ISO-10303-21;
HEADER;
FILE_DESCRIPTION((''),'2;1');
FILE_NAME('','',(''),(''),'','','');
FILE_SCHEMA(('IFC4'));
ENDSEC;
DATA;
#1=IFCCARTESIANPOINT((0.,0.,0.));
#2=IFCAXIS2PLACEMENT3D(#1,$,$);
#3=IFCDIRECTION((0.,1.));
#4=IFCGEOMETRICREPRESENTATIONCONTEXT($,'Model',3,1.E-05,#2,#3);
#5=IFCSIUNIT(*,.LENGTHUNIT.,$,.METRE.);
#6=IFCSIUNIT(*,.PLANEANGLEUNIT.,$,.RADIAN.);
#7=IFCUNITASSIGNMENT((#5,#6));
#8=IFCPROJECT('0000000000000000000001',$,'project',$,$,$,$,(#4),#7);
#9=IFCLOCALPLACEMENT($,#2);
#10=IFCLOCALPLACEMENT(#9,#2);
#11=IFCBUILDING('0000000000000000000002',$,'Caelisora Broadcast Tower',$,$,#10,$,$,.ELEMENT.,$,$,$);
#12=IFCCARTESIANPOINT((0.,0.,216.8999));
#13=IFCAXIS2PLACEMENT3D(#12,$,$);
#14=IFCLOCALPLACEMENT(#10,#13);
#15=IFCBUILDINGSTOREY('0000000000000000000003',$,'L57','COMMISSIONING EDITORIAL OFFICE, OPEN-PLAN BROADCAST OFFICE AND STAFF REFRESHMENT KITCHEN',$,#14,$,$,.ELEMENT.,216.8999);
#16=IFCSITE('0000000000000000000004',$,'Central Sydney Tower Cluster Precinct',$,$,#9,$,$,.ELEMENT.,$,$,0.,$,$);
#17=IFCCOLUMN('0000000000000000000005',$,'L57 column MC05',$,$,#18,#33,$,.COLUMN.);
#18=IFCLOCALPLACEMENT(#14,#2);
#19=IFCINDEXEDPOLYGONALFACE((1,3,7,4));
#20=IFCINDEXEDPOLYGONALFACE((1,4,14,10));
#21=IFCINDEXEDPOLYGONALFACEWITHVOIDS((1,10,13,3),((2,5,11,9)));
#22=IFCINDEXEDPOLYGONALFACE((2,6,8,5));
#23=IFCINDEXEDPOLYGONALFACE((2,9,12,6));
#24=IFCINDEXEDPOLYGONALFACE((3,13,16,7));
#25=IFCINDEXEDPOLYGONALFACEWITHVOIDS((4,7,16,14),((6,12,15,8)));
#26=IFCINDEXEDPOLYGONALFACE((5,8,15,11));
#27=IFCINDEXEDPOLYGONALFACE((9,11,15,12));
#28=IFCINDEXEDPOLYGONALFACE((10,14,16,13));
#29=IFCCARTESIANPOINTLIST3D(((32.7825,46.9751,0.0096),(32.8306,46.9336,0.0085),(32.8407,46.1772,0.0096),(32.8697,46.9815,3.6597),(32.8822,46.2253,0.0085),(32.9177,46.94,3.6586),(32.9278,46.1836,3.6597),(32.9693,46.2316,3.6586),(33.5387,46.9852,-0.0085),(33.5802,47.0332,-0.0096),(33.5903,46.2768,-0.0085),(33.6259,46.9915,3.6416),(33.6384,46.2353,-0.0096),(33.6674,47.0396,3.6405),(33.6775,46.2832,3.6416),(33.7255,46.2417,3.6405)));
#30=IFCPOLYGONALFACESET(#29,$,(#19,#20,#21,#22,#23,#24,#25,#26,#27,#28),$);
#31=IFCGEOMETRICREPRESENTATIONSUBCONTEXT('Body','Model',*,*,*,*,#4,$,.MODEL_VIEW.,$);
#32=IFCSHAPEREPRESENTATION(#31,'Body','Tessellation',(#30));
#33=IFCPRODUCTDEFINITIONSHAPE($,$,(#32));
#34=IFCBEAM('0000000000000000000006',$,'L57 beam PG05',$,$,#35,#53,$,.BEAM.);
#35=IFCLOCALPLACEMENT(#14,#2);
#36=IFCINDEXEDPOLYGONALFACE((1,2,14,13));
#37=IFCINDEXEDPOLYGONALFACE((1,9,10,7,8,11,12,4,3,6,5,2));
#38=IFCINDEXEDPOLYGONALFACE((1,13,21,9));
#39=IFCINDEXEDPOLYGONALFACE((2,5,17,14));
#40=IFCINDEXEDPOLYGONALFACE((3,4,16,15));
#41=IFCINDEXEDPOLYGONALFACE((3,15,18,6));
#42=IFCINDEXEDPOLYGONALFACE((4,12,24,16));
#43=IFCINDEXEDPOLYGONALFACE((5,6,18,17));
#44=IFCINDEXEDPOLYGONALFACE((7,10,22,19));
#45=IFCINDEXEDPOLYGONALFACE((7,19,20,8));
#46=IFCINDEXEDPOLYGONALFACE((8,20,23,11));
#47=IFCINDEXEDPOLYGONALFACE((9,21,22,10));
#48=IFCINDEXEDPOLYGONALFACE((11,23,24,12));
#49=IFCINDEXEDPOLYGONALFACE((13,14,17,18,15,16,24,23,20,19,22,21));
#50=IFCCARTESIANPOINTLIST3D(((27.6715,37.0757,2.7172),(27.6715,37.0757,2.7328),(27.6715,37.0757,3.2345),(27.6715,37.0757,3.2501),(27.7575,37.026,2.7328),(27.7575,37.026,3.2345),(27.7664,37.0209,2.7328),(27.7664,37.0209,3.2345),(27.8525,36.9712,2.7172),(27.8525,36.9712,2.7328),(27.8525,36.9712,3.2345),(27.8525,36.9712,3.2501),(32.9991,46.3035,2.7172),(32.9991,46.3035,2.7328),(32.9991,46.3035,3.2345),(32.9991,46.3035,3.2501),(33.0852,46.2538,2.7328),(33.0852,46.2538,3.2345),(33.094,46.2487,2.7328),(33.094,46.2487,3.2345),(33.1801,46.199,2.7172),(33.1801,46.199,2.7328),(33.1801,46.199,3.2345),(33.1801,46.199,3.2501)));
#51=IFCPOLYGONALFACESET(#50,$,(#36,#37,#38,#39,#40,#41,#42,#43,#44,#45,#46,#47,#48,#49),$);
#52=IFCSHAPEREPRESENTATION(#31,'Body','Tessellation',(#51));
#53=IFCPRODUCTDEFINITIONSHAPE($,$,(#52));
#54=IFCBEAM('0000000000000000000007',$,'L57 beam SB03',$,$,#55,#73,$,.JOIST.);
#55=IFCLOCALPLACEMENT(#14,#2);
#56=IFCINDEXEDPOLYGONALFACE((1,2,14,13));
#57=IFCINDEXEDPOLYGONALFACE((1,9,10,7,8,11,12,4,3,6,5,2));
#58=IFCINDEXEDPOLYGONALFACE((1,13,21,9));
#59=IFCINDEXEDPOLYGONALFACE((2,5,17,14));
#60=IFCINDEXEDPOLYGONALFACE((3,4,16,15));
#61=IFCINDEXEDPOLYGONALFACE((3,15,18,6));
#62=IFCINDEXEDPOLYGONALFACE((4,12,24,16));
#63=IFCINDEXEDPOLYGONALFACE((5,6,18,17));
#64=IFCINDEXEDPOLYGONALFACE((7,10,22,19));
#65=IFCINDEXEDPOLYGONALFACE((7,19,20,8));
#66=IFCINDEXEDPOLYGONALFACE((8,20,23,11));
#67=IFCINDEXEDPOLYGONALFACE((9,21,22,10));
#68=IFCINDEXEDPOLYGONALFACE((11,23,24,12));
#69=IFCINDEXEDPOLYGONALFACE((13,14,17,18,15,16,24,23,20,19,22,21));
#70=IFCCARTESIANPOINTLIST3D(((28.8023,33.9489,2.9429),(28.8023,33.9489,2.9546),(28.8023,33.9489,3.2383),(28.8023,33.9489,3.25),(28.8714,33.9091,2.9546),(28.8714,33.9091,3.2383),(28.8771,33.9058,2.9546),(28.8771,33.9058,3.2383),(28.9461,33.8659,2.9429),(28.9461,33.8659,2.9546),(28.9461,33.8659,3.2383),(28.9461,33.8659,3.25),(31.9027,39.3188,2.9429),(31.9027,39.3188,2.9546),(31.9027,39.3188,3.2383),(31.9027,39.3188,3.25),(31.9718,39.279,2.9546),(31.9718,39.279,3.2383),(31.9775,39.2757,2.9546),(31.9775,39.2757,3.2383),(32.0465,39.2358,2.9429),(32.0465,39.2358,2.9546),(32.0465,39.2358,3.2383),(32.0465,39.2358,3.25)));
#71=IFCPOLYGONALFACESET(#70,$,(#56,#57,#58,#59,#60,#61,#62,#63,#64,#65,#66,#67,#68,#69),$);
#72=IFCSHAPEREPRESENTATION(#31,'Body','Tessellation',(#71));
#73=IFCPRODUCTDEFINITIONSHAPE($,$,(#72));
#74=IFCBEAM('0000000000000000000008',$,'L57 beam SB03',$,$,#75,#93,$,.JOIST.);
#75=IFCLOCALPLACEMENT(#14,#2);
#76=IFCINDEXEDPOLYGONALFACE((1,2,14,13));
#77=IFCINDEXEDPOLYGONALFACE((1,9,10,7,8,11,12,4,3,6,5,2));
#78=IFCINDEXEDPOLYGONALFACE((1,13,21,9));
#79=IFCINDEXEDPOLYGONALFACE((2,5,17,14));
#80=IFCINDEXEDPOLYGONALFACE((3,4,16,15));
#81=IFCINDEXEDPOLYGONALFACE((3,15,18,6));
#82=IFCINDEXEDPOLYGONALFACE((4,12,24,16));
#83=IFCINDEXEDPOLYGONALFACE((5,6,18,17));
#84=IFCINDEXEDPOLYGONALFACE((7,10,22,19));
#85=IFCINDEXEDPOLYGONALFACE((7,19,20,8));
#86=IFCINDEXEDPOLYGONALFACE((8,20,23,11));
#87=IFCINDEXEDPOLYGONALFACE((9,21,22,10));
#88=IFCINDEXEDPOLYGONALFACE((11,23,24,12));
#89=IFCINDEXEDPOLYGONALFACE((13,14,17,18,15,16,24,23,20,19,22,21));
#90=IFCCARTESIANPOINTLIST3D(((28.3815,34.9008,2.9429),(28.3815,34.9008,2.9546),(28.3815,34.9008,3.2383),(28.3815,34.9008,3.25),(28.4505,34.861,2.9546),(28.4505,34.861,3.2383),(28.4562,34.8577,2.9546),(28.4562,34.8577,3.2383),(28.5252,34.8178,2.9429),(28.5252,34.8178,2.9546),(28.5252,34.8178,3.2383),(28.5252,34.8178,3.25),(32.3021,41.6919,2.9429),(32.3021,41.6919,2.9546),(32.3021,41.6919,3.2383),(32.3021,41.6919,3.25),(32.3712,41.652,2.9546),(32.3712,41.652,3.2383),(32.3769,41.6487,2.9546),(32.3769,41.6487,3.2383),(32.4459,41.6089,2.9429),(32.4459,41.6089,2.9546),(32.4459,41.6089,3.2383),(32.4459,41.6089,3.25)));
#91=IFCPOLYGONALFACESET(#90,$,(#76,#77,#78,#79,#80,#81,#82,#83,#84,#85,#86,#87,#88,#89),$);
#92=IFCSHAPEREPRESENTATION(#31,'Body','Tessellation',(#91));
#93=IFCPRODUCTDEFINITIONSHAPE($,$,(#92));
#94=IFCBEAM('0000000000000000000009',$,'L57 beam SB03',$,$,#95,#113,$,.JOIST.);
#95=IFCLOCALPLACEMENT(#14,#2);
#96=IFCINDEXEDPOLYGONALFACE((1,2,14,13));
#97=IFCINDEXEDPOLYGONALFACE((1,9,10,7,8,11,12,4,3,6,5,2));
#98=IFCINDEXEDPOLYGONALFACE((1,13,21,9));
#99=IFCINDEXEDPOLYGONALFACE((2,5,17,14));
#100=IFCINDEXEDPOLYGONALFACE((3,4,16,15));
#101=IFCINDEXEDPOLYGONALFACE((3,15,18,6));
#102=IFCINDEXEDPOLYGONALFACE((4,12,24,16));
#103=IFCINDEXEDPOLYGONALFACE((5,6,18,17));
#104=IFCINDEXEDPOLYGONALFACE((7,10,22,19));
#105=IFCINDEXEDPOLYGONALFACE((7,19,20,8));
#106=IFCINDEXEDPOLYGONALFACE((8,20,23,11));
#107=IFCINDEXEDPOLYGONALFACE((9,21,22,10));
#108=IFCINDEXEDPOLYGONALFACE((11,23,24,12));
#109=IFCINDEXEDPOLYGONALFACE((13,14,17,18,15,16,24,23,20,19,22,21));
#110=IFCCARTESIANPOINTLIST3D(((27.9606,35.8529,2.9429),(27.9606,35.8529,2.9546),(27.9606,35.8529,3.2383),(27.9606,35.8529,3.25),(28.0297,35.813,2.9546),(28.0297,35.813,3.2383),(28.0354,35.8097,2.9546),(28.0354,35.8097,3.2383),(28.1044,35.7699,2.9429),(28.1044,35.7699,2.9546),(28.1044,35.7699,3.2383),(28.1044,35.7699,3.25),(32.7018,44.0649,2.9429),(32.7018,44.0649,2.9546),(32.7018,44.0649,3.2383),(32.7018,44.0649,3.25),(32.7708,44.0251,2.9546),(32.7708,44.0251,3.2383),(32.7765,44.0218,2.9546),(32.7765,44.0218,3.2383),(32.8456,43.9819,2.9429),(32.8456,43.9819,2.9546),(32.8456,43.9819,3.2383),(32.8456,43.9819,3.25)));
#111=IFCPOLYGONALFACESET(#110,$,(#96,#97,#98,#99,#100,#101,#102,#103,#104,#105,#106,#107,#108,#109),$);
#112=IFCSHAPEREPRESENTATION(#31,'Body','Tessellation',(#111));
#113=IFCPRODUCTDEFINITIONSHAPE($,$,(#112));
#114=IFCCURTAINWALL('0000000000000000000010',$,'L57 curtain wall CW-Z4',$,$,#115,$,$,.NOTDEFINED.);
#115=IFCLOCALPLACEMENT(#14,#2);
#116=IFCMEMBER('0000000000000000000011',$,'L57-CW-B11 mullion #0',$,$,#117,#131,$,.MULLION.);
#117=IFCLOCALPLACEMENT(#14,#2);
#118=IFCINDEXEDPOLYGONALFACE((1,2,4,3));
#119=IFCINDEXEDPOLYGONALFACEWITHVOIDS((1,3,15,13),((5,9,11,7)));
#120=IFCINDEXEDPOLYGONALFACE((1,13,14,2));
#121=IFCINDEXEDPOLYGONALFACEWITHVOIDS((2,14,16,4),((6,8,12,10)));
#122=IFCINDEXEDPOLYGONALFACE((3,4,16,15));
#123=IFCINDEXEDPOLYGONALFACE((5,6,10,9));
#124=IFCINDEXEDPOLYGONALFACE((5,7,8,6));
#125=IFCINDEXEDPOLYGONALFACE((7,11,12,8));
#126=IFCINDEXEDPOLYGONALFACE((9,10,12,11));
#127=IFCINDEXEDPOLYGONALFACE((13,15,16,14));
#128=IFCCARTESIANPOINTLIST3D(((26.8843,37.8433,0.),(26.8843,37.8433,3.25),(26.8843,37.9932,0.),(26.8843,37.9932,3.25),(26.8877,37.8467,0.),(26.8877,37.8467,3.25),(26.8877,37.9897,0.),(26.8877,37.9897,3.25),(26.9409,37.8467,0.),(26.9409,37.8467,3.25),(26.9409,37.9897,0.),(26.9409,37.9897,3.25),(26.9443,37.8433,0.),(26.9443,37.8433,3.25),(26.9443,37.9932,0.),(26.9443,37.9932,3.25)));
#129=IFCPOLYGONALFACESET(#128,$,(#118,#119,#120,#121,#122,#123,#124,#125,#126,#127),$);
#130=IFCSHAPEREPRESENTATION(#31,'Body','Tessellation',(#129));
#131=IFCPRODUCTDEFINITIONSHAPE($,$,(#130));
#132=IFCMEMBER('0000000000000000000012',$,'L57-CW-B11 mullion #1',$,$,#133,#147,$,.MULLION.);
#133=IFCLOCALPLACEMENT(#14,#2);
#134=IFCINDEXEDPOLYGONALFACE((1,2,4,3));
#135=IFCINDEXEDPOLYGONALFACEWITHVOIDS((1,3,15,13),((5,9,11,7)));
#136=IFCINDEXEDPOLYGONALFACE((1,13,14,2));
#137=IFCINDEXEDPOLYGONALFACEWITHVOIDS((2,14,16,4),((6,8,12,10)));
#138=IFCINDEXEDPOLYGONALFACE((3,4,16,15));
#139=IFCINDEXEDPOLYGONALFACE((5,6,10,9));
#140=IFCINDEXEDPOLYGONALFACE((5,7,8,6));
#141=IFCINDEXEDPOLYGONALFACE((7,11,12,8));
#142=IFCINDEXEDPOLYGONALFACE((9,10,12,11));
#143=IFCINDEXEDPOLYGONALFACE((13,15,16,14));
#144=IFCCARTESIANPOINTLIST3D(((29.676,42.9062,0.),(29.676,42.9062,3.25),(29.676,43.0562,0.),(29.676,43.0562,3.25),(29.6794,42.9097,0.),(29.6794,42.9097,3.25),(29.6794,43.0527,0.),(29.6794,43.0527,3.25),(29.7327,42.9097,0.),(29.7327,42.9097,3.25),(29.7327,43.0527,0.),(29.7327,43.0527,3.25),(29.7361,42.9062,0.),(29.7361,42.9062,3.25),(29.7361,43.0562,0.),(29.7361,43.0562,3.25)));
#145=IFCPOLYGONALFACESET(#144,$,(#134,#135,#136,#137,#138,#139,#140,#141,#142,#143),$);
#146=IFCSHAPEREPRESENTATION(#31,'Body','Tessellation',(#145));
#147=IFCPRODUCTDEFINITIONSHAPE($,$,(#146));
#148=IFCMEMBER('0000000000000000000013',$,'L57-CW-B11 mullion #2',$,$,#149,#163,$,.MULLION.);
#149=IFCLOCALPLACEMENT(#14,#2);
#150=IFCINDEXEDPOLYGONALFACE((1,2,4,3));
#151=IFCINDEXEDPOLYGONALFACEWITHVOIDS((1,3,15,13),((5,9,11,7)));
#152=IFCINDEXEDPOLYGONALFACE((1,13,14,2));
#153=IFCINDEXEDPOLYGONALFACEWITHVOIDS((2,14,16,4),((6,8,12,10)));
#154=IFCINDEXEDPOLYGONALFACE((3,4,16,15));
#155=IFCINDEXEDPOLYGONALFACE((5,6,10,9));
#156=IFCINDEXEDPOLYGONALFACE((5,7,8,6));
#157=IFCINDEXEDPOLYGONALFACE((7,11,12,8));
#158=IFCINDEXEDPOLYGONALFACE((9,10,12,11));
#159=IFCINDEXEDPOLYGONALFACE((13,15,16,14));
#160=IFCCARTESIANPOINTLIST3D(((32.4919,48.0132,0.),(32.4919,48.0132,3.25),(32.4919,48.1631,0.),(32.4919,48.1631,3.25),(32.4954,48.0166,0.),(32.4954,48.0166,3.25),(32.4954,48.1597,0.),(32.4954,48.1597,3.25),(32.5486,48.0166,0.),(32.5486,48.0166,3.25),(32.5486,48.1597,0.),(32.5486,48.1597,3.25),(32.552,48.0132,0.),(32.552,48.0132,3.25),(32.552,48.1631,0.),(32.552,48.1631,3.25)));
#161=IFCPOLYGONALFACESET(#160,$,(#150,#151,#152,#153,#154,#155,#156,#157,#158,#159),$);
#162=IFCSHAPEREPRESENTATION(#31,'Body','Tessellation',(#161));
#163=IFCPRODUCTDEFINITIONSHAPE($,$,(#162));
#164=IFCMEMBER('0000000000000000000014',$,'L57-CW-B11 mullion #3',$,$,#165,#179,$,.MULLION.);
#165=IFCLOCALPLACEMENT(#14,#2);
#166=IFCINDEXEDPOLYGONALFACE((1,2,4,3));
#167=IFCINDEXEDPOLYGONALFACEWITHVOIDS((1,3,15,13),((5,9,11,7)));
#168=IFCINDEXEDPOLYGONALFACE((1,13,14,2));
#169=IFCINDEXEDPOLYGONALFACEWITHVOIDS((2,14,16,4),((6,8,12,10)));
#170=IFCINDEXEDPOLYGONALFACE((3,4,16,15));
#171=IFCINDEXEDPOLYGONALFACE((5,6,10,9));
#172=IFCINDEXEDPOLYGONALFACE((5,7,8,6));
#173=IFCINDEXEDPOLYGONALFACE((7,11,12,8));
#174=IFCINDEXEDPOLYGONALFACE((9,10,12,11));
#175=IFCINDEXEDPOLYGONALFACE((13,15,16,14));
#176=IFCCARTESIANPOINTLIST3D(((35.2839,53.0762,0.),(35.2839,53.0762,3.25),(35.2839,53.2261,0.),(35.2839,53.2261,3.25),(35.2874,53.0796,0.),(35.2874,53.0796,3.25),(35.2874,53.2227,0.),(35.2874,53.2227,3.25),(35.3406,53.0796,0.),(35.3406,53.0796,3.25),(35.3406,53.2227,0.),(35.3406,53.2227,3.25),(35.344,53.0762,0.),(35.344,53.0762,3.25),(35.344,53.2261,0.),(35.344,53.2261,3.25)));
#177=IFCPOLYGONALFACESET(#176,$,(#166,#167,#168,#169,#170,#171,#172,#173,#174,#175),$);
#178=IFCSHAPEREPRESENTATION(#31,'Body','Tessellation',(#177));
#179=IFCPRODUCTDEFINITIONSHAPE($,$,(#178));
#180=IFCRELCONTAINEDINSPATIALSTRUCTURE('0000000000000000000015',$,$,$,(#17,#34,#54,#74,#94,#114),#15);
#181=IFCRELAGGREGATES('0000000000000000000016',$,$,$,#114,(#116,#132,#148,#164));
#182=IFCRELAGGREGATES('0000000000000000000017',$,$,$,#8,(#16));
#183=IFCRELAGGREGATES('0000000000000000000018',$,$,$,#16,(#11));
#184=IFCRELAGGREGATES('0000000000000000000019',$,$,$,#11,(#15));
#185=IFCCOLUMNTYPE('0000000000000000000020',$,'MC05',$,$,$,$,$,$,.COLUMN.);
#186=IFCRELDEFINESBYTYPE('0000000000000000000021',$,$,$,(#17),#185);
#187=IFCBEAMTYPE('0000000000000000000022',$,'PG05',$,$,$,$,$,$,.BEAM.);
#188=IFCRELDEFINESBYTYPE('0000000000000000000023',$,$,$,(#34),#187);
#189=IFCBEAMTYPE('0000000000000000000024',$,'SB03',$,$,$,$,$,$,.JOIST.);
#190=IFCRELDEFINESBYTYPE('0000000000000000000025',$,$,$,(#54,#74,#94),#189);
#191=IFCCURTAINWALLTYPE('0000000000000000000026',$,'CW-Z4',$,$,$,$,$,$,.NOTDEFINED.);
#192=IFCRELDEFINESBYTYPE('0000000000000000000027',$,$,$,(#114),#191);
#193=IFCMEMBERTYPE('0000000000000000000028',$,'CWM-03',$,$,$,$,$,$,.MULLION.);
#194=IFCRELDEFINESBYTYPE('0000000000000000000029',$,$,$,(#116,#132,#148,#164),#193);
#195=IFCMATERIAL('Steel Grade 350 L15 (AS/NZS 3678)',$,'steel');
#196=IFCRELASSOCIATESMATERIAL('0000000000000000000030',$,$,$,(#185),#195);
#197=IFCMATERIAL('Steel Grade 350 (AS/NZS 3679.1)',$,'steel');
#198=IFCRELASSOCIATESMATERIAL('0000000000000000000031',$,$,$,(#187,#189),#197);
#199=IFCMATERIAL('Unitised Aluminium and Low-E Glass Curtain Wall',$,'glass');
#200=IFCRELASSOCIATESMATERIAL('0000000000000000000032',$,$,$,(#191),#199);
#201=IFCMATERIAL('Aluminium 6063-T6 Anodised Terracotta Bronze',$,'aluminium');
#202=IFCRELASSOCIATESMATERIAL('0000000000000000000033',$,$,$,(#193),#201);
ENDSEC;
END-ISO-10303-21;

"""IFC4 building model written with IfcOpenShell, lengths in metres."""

from ifc_helpers import new_model, si_unit, direction, frame, origin, origin_2d, place, context, subcontext, project, spatial, hollow_rectangle, i_section, extrude, source, transform, mapped, material, material_profile, profile_set, type_object, type_shapes, element, aggregate, save


model = new_model("IFC4")

# Units and contexts
model_context = context("Model", 3, precision=1e-05, world=origin(), true_north=direction((0.0, 1.0)))
body_context = subcontext(model_context, "Body", "Model", "MODEL_VIEW")
ifc_project = project(units=[si_unit("LENGTHUNIT", "METRE"), si_unit("PLANEANGLEUNIT", "RADIAN")], contexts=[model_context])

# Site, building, storey
site_placement = place(None, origin())
site = spatial("IfcSite", under=ifc_project, at=site_placement, Name="Central Sydney Tower Cluster Precinct", CompositionType="ELEMENT", RefElevation=0.0)
building_placement = place(site_placement, origin())
building = spatial("IfcBuilding", under=site, at=building_placement, Name="Caelisora Broadcast Tower", CompositionType="ELEMENT")
storey_placement = place(building_placement, frame((0.0, 0.0, 216.8999)))
storey = spatial("IfcBuildingStorey", under=building, at=storey_placement, Name="L57", Description="COMMISSIONING EDITORIAL OFFICE, OPEN-PLAN BROADCAST OFFICE AND STAFF REFRESHMENT KITCHEN", CompositionType="ELEMENT", Elevation=216.8999)

# Column
ifc_material_1 = material(Name="Steel Grade 350 L15 (AS/NZS 3678)", Category="steel")
ifc_material_profile_1 = material_profile(ifc_material_1, hollow_rectangle(XDim=0.8, YDim=0.8, WallThickness=0.0449, at=origin_2d()), Name="Steel Grade 350 L15 (AS/NZS 3678)")
ifc_profile_set_1 = profile_set([ifc_material_profile_1], Name="Steel Grade 350 L15 (AS/NZS 3678)")
column_type = type_object("IfcColumnType", Name="MC05", PredefinedType="COLUMN", material=ifc_profile_set_1)
shared_shape_1 = source(origin(), body_context, "Body", "SweptSolid", [
    extrude(hollow_rectangle(XDim=0.8, YDim=0.8, WallThickness=0.0449, at=origin_2d()), origin(), (0.0, 0.0, 1.0), 3.6511),
])
type_shapes(column_type, [shared_shape_1])
column_placement = place(storey_placement, frame((33.2104, 46.6052, 0.0), z_axis=(0.023871, 0.001739, 0.999714), x_axis=(-0.072637, 0.997358, 0.0)))
element("IfcColumn", 1, at=column_placement, inside=storey, type_object=column_type, Name="L57 column MC05", PredefinedType="COLUMN", context=body_context, shape_type="MappedRepresentation", body=[
    mapped(shared_shape_1, transform((0.0, 0.0, 0.0), scale=1.0)),
])

# Beams
ifc_material_2 = material(Name="Steel Grade 350 (AS/NZS 3679.1)", Category="steel")
ifc_material_profile_2 = material_profile(ifc_material_2, i_section(OverallWidth=0.209, OverallDepth=0.533, WebThickness=0.0103, FlangeThickness=0.0156, at=origin_2d()), Name="Steel Grade 350 (AS/NZS 3679.1)")
ifc_profile_set_2 = profile_set([ifc_material_profile_2], Name="Steel Grade 350 (AS/NZS 3679.1)")
beam_type_1 = type_object("IfcBeamType", Name="PG05", PredefinedType="BEAM", material=ifc_profile_set_2)
shared_shape_2 = source(origin(), body_context, "Body", "SweptSolid", [
    extrude(i_section(OverallWidth=0.209, OverallDepth=0.533, WebThickness=0.0103, FlangeThickness=0.0156, at=origin_2d()), origin(), (0.0, 0.0, 1.0), 10.6553),
])
type_shapes(beam_type_1, [shared_shape_2])
beam_1_placement = place(storey_placement, frame((33.0896, 46.2512, 2.9836), z_axis=(-0.499998, -0.866026, 0.0), x_axis=(0.866026, -0.499998, 0.0)))
element("IfcBeam", 2, at=beam_1_placement, inside=storey, type_object=beam_type_1, Name="L57 beam PG05", PredefinedType="BEAM", context=body_context, shape_type="MappedRepresentation", body=[
    mapped(shared_shape_2, transform((0.0, 0.0, 0.0), scale=1.0)),
])
ifc_material_profile_3 = material_profile(ifc_material_2, i_section(OverallWidth=0.166, OverallDepth=0.3071, WebThickness=0.0066, FlangeThickness=0.0117, at=origin_2d()), Name="Steel Grade 350 (AS/NZS 3679.1)")
ifc_profile_set_3 = profile_set([ifc_material_profile_3], Name="Steel Grade 350 (AS/NZS 3679.1)")
beam_type_2 = type_object("IfcBeamType", Name="SB03", PredefinedType="JOIST", material=ifc_profile_set_3)
shared_shape_3 = source(origin(), body_context, "Body", "SweptSolid", [
    extrude(i_section(OverallWidth=0.166, OverallDepth=0.3071, WebThickness=0.0066, FlangeThickness=0.0117, at=origin_2d()), origin(), (0.0, 0.0, 1.0), 6.2007),
])
beam_2_placement = place(storey_placement, frame((31.9746, 39.2773, 3.0964), z_axis=(-0.500005, -0.866022, 0.0), x_axis=(0.866022, -0.500005, 0.0)))
element("IfcBeam", 3, at=beam_2_placement, inside=storey, type_object=beam_type_2, Name="L57 beam SB03", PredefinedType="JOIST", context=body_context, shape_type="MappedRepresentation", body=[
    mapped(shared_shape_3, transform((0.0, 0.0, 0.0), scale=1.0)),
])
shared_shape_4 = source(origin(), body_context, "Body", "SweptSolid", [
    extrude(i_section(OverallWidth=0.166, OverallDepth=0.3071, WebThickness=0.0066, FlangeThickness=0.0117, at=origin_2d()), origin(), (0.0, 0.0, 1.0), 7.8416),
])
beam_3_placement = place(storey_placement, frame((32.374, 41.6504, 3.0964), z_axis=(-0.499987, -0.866033, 0.0), x_axis=(0.866033, -0.499987, 0.0)))
element("IfcBeam", 4, at=beam_3_placement, inside=storey, type_object=beam_type_2, Name="L57 beam SB03", PredefinedType="JOIST", context=body_context, shape_type="MappedRepresentation", body=[
    mapped(shared_shape_4, transform((0.0, 0.0, 0.0), scale=1.0)),
])
shared_shape_5 = source(origin(), body_context, "Body", "SweptSolid", [
    extrude(i_section(OverallWidth=0.166, OverallDepth=0.3071, WebThickness=0.0066, FlangeThickness=0.0117, at=origin_2d()), origin(), (0.0, 0.0, 1.0), 9.4824),
])
type_shapes(beam_type_2, [shared_shape_3, shared_shape_4, shared_shape_5])
beam_4_placement = place(storey_placement, frame((32.7737, 44.0234, 3.0964), z_axis=(-0.499994, -0.866029, 0.0), x_axis=(0.866029, -0.499994, 0.0)))
element("IfcBeam", 5, at=beam_4_placement, inside=storey, type_object=beam_type_2, Name="L57 beam SB03", PredefinedType="JOIST", context=body_context, shape_type="MappedRepresentation", body=[
    mapped(shared_shape_5, transform((0.0, 0.0, 0.0), scale=1.0)),
])

# Curtain wall, members
ifc_material_3 = material(Name="Unitised Aluminium and Low-E Glass Curtain Wall", Category="glass")
curtain_wall_type = type_object("IfcCurtainWallType", Name="CW-Z4", PredefinedType="NOTDEFINED", material=ifc_material_3)
curtain_wall_placement = place(storey_placement, origin())
curtain_wall = element("IfcCurtainWall", 6, at=curtain_wall_placement, inside=storey, type_object=curtain_wall_type, Name="L57 curtain wall CW-Z4", PredefinedType="NOTDEFINED")
ifc_material_4 = material(Name="Aluminium 6063-T6 Anodised Terracotta Bronze", Category="aluminium")
ifc_material_profile_4 = material_profile(ifc_material_4, hollow_rectangle(XDim=0.0601, YDim=0.1499, WallThickness=0.0034, at=origin_2d()), Name="Aluminium 6063-T6 Anodised Terracotta Bronze")
ifc_profile_set_4 = profile_set([ifc_material_profile_4], Name="Aluminium 6063-T6 Anodised Terracotta Bronze")
member_type_1 = type_object("IfcMemberType", Name="CWM-03", PredefinedType="MULLION", material=ifc_profile_set_4)
shared_shape_6 = source(origin(), body_context, "Body", "SweptSolid", [
    extrude(hollow_rectangle(XDim=0.0601, YDim=0.1499, WallThickness=0.0034, at=origin_2d()), origin(), (0.0, 0.0, 1.0), 3.25),
])
type_shapes(member_type_1, [shared_shape_6])
member_1_placement = place(storey_placement, frame((26.9143, 37.9182, 0.0), z_axis=(0.0, 0.0, 1.0), x_axis=(1.0, 0.0, 0.0)))
member_1 = element("IfcMember", 7, at=member_1_placement, type_object=member_type_1, Name="L57-CW-B11 mullion #0", PredefinedType="MULLION", context=body_context, shape_type="MappedRepresentation", body=[
    mapped(shared_shape_6, transform((0.0, 0.0, 0.0), scale=1.0)),
])
member_2_placement = place(storey_placement, frame((29.7061, 42.9812, 0.0), z_axis=(0.0, 0.0, 1.0), x_axis=(1.0, 0.0, 0.0)))
member_2 = element("IfcMember", 8, at=member_2_placement, type_object=member_type_1, Name="L57-CW-B11 mullion #1", PredefinedType="MULLION", context=body_context, shape_type="MappedRepresentation", body=[
    mapped(shared_shape_6, transform((0.0, 0.0, 0.0), scale=1.0)),
])
member_3_placement = place(storey_placement, frame((32.522, 48.0881, 0.0), z_axis=(0.0, 0.0, 1.0), x_axis=(1.0, 0.0, 0.0)))
member_3 = element("IfcMember", 9, at=member_3_placement, type_object=member_type_1, Name="L57-CW-B11 mullion #2", PredefinedType="MULLION", context=body_context, shape_type="MappedRepresentation", body=[
    mapped(shared_shape_6, transform((0.0, 0.0, 0.0), scale=1.0)),
])
member_4_placement = place(storey_placement, frame((35.314, 53.1511, 0.0), z_axis=(0.0, 0.0, 1.0), x_axis=(1.0, 0.0, 0.0)))
member_4 = element("IfcMember", 10, at=member_4_placement, type_object=member_type_1, Name="L57-CW-B11 mullion #3", PredefinedType="MULLION", context=body_context, shape_type="MappedRepresentation", body=[
    mapped(shared_shape_6, transform((0.0, 0.0, 0.0), scale=1.0)),
])
aggregate(curtain_wall, [member_1, member_2, member_3, member_4])

save(model, "model.ifc")
